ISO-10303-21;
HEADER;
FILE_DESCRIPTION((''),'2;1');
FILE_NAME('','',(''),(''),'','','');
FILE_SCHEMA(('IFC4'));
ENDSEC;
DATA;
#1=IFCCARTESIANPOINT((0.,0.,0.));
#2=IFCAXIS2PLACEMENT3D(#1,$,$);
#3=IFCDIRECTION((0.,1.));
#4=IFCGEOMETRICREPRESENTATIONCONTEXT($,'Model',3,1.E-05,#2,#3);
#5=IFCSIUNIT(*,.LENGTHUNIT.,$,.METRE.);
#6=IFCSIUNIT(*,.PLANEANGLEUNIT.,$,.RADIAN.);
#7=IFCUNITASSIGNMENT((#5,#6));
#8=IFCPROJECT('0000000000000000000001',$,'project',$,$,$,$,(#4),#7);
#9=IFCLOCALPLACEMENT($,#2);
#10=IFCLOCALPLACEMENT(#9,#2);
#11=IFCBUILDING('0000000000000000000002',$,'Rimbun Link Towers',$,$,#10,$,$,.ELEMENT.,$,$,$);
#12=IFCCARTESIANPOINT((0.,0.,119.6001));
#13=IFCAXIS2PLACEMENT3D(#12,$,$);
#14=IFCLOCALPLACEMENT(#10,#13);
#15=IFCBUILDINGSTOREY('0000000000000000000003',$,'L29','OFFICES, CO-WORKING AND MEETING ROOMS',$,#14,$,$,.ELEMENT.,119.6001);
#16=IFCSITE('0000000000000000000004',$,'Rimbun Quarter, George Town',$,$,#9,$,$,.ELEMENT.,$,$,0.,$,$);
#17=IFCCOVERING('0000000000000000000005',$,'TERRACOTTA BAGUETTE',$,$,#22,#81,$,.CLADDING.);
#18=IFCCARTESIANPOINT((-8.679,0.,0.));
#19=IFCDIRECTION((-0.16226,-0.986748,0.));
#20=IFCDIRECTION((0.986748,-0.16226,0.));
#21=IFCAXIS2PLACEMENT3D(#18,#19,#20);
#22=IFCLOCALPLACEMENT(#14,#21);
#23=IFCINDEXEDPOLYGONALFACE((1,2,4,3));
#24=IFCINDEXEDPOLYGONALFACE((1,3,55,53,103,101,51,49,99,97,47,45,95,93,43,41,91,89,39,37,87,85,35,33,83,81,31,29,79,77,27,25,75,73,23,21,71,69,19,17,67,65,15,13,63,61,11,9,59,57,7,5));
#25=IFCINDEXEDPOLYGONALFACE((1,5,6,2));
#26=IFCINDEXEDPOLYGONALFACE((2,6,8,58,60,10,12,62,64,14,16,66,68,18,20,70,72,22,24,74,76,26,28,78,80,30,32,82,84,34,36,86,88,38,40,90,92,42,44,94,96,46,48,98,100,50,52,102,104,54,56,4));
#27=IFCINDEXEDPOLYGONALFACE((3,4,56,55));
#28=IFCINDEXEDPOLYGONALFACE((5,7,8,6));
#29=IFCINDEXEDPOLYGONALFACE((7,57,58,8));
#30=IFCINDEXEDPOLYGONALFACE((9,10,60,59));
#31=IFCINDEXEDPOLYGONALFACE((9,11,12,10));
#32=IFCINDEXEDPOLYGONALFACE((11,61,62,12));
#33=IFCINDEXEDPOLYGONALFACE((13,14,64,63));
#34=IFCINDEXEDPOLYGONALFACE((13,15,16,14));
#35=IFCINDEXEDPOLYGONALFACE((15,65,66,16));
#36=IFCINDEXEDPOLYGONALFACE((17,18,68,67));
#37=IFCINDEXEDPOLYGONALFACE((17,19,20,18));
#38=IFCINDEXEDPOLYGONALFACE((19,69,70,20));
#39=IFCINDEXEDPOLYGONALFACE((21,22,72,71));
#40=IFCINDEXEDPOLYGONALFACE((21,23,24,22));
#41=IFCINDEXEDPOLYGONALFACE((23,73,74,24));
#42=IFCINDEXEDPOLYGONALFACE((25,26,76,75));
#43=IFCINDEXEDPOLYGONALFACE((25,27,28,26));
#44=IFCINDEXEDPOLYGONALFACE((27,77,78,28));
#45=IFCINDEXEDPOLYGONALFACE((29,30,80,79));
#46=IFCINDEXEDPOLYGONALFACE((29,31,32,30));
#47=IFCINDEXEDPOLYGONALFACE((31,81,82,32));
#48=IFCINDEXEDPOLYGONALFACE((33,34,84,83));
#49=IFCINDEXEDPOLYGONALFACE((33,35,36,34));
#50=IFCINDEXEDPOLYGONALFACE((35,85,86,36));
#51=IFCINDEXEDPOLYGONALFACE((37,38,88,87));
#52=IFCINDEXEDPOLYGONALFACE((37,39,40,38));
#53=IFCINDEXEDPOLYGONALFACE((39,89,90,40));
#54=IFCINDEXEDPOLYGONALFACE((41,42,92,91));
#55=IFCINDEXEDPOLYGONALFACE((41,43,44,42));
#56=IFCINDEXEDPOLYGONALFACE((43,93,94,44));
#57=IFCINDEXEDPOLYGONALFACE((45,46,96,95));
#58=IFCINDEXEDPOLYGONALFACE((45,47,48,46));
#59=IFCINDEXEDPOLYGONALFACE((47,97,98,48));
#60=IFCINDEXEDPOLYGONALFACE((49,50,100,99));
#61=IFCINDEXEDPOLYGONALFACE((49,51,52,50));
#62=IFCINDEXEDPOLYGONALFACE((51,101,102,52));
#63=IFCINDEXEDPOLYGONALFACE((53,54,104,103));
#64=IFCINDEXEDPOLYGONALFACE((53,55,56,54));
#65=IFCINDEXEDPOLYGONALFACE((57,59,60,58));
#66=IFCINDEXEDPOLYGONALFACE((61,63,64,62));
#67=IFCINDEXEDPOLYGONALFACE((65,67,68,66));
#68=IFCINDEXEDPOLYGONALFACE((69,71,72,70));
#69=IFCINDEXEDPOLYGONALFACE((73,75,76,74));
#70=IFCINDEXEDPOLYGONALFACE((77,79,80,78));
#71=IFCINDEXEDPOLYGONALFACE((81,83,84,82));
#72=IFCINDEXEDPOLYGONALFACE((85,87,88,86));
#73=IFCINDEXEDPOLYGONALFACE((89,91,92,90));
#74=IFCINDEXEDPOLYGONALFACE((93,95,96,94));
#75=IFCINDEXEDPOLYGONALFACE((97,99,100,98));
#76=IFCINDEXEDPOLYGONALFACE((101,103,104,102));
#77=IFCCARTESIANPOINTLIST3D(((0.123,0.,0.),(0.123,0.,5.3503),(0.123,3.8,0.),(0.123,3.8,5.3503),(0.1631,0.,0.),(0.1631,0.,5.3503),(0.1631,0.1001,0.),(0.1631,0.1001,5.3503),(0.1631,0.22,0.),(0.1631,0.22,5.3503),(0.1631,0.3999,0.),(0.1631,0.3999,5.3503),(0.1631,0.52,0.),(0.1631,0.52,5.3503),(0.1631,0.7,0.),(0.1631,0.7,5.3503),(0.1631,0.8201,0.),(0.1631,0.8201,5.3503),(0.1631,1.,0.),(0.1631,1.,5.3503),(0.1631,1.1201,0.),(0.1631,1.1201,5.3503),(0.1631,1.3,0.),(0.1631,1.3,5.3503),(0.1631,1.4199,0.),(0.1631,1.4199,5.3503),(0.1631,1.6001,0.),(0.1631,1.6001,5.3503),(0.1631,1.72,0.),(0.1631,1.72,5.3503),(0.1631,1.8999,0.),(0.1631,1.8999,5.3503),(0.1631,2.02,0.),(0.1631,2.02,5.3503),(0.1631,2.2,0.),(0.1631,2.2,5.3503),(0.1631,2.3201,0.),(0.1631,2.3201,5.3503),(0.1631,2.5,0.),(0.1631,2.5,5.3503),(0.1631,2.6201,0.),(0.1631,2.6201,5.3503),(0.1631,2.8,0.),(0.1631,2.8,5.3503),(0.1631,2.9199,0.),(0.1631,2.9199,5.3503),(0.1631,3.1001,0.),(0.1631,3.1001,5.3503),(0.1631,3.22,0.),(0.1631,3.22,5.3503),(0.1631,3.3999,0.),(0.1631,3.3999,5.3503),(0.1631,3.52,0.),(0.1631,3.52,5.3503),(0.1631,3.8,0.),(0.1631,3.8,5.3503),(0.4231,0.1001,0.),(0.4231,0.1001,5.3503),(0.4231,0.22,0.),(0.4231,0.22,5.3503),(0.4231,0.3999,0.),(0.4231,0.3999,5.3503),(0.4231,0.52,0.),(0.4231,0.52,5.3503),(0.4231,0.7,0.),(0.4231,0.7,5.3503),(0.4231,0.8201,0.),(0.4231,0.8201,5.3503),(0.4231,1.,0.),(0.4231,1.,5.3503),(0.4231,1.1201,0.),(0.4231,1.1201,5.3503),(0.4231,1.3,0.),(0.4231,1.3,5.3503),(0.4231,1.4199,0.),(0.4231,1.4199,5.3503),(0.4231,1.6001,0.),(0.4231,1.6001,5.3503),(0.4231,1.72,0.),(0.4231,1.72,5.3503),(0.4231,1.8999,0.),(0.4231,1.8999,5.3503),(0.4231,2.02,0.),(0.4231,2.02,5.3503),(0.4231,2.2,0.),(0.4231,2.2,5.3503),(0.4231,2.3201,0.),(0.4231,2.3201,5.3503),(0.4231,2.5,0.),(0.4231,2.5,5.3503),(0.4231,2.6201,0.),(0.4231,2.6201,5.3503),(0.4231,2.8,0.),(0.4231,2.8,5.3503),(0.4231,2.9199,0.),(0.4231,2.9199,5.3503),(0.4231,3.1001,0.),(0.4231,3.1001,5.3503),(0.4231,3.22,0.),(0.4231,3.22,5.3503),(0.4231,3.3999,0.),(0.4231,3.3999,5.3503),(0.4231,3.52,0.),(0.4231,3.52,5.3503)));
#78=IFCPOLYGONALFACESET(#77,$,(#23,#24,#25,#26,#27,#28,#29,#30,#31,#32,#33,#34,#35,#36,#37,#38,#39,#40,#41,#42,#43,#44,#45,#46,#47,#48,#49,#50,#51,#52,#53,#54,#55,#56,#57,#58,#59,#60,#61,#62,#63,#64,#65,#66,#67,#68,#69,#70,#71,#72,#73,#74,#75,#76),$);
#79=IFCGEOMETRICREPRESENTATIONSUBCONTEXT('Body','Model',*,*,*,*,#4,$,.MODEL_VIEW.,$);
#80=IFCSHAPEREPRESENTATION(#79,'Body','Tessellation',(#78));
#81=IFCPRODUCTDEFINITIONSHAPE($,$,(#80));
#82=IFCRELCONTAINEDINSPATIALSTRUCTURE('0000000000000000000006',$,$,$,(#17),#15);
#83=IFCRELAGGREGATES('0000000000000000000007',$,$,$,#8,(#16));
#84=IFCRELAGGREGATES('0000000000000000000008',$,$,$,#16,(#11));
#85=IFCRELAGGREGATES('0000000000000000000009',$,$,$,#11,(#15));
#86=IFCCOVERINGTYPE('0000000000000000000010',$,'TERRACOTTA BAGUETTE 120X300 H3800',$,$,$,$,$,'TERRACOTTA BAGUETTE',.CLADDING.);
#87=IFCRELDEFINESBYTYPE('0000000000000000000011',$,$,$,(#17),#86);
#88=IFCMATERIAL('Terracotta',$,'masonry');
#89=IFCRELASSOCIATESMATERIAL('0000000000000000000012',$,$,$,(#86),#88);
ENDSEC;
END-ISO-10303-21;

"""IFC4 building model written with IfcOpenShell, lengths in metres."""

from ifc_helpers import new_model, si_unit, direction, frame, origin, place, context, subcontext, project, spatial, polyline, outline, extrude, material, material_profile, profile_set, type_object, element, save


model = new_model("IFC4")

# Units and contexts
model_context = context("Model", 3, precision=1e-05, world=origin(), true_north=direction((0.0, 1.0)))
body_context = subcontext(model_context, "Body", "Model", "MODEL_VIEW")
ifc_project = project(units=[si_unit("LENGTHUNIT", "METRE"), si_unit("PLANEANGLEUNIT", "RADIAN")], contexts=[model_context])

# Site, building, storey
site_placement = place(None, origin())
site = spatial("IfcSite", under=ifc_project, at=site_placement, Name="Rimbun Quarter, George Town", CompositionType="ELEMENT", RefElevation=0.0)
building_placement = place(site_placement, origin())
building = spatial("IfcBuilding", under=site, at=building_placement, Name="Rimbun Link Towers", CompositionType="ELEMENT")
storey_placement = place(building_placement, frame((0.0, 0.0, 119.6001)))
storey = spatial("IfcBuildingStorey", under=building, at=storey_placement, Name="L29", Description="OFFICES, CO-WORKING AND MEETING ROOMS", CompositionType="ELEMENT", Elevation=119.6001)

# Covering
ifc_material_1 = material(Name="Terracotta", Category="masonry")
ifc_material_profile_1 = material_profile(ifc_material_1, outline(polyline([(0.123, 0.0), (0.1631, 0.0), (0.1631, 0.1001), (0.4231, 0.1001), (0.4231, 0.22), (0.1631, 0.22), (0.1631, 0.3999), (0.4231, 0.3999), (0.4231, 0.52), (0.1631, 0.52), (0.1631, 0.7), (0.4231, 0.7), (0.4231, 0.8201), (0.1631, 0.8201), (0.1631, 1.0), (0.4231, 1.0), (0.4231, 1.1201), (0.1631, 1.1201), (0.1631, 1.3), (0.4231, 1.3), (0.4231, 1.4199), (0.1631, 1.4199), (0.1631, 1.6001), (0.4231, 1.6001), (0.4231, 1.72), (0.1631, 1.72), (0.1631, 1.8999), (0.4231, 1.8999), (0.4231, 2.02), (0.1631, 2.02), (0.1631, 2.2), (0.4231, 2.2), (0.4231, 2.3201), (0.1631, 2.3201), (0.1631, 2.5), (0.4231, 2.5), (0.4231, 2.6201), (0.1631, 2.6201), (0.1631, 2.8), (0.4231, 2.8), (0.4231, 2.9199), (0.1631, 2.9199), (0.1631, 3.1001), (0.4231, 3.1001), (0.4231, 3.22), (0.1631, 3.22), (0.1631, 3.3999), (0.4231, 3.3999), (0.4231, 3.52), (0.1631, 3.52), (0.1631, 3.8), (0.123, 3.8), (0.123, 0.0)])), Name="BAGUETTE 120X300")
ifc_profile_set_1 = profile_set([ifc_material_profile_1], Name="Terracotta")
covering_type = type_object("IfcCoveringType", Name="TERRACOTTA BAGUETTE 120X300 H3800", ElementType="TERRACOTTA BAGUETTE", PredefinedType="CLADDING", material=ifc_profile_set_1)
covering_1_placement = place(storey_placement, frame((-8.679, 0.0, 0.0), z_axis=(-0.16226, -0.986748, 0.0), x_axis=(0.986748, -0.16226, 0.0)))
element("IfcCovering", 1, at=covering_1_placement, inside=storey, type_object=covering_type, Name="TERRACOTTA BAGUETTE", PredefinedType="CLADDING", context=body_context, shape_type="SweptSolid", body=[
    extrude(outline(polyline([(0.123, 0.0), (0.1631, 0.0), (0.1631, 0.1001), (0.4231, 0.1001), (0.4231, 0.22), (0.1631, 0.22), (0.1631, 0.3999), (0.4231, 0.3999), (0.4231, 0.52), (0.1631, 0.52), (0.1631, 0.7), (0.4231, 0.7), (0.4231, 0.8201), (0.1631, 0.8201), (0.1631, 1.0), (0.4231, 1.0), (0.4231, 1.1201), (0.1631, 1.1201), (0.1631, 1.3), (0.4231, 1.3), (0.4231, 1.4199), (0.1631, 1.4199), (0.1631, 1.6001), (0.4231, 1.6001), (0.4231, 1.72), (0.1631, 1.72), (0.1631, 1.8999), (0.4231, 1.8999), (0.4231, 2.02), (0.1631, 2.02), (0.1631, 2.2), (0.4231, 2.2), (0.4231, 2.3201), (0.1631, 2.3201), (0.1631, 2.5), (0.4231, 2.5), (0.4231, 2.6201), (0.1631, 2.6201), (0.1631, 2.8), (0.4231, 2.8), (0.4231, 2.9199), (0.1631, 2.9199), (0.1631, 3.1001), (0.4231, 3.1001), (0.4231, 3.22), (0.1631, 3.22), (0.1631, 3.3999), (0.4231, 3.3999), (0.4231, 3.52), (0.1631, 3.52), (0.1631, 3.8), (0.123, 3.8), (0.123, 0.0)])), origin(), (0.0, 0.0, 1.0), 5.3503),
])

save(model, "model.ifc")
